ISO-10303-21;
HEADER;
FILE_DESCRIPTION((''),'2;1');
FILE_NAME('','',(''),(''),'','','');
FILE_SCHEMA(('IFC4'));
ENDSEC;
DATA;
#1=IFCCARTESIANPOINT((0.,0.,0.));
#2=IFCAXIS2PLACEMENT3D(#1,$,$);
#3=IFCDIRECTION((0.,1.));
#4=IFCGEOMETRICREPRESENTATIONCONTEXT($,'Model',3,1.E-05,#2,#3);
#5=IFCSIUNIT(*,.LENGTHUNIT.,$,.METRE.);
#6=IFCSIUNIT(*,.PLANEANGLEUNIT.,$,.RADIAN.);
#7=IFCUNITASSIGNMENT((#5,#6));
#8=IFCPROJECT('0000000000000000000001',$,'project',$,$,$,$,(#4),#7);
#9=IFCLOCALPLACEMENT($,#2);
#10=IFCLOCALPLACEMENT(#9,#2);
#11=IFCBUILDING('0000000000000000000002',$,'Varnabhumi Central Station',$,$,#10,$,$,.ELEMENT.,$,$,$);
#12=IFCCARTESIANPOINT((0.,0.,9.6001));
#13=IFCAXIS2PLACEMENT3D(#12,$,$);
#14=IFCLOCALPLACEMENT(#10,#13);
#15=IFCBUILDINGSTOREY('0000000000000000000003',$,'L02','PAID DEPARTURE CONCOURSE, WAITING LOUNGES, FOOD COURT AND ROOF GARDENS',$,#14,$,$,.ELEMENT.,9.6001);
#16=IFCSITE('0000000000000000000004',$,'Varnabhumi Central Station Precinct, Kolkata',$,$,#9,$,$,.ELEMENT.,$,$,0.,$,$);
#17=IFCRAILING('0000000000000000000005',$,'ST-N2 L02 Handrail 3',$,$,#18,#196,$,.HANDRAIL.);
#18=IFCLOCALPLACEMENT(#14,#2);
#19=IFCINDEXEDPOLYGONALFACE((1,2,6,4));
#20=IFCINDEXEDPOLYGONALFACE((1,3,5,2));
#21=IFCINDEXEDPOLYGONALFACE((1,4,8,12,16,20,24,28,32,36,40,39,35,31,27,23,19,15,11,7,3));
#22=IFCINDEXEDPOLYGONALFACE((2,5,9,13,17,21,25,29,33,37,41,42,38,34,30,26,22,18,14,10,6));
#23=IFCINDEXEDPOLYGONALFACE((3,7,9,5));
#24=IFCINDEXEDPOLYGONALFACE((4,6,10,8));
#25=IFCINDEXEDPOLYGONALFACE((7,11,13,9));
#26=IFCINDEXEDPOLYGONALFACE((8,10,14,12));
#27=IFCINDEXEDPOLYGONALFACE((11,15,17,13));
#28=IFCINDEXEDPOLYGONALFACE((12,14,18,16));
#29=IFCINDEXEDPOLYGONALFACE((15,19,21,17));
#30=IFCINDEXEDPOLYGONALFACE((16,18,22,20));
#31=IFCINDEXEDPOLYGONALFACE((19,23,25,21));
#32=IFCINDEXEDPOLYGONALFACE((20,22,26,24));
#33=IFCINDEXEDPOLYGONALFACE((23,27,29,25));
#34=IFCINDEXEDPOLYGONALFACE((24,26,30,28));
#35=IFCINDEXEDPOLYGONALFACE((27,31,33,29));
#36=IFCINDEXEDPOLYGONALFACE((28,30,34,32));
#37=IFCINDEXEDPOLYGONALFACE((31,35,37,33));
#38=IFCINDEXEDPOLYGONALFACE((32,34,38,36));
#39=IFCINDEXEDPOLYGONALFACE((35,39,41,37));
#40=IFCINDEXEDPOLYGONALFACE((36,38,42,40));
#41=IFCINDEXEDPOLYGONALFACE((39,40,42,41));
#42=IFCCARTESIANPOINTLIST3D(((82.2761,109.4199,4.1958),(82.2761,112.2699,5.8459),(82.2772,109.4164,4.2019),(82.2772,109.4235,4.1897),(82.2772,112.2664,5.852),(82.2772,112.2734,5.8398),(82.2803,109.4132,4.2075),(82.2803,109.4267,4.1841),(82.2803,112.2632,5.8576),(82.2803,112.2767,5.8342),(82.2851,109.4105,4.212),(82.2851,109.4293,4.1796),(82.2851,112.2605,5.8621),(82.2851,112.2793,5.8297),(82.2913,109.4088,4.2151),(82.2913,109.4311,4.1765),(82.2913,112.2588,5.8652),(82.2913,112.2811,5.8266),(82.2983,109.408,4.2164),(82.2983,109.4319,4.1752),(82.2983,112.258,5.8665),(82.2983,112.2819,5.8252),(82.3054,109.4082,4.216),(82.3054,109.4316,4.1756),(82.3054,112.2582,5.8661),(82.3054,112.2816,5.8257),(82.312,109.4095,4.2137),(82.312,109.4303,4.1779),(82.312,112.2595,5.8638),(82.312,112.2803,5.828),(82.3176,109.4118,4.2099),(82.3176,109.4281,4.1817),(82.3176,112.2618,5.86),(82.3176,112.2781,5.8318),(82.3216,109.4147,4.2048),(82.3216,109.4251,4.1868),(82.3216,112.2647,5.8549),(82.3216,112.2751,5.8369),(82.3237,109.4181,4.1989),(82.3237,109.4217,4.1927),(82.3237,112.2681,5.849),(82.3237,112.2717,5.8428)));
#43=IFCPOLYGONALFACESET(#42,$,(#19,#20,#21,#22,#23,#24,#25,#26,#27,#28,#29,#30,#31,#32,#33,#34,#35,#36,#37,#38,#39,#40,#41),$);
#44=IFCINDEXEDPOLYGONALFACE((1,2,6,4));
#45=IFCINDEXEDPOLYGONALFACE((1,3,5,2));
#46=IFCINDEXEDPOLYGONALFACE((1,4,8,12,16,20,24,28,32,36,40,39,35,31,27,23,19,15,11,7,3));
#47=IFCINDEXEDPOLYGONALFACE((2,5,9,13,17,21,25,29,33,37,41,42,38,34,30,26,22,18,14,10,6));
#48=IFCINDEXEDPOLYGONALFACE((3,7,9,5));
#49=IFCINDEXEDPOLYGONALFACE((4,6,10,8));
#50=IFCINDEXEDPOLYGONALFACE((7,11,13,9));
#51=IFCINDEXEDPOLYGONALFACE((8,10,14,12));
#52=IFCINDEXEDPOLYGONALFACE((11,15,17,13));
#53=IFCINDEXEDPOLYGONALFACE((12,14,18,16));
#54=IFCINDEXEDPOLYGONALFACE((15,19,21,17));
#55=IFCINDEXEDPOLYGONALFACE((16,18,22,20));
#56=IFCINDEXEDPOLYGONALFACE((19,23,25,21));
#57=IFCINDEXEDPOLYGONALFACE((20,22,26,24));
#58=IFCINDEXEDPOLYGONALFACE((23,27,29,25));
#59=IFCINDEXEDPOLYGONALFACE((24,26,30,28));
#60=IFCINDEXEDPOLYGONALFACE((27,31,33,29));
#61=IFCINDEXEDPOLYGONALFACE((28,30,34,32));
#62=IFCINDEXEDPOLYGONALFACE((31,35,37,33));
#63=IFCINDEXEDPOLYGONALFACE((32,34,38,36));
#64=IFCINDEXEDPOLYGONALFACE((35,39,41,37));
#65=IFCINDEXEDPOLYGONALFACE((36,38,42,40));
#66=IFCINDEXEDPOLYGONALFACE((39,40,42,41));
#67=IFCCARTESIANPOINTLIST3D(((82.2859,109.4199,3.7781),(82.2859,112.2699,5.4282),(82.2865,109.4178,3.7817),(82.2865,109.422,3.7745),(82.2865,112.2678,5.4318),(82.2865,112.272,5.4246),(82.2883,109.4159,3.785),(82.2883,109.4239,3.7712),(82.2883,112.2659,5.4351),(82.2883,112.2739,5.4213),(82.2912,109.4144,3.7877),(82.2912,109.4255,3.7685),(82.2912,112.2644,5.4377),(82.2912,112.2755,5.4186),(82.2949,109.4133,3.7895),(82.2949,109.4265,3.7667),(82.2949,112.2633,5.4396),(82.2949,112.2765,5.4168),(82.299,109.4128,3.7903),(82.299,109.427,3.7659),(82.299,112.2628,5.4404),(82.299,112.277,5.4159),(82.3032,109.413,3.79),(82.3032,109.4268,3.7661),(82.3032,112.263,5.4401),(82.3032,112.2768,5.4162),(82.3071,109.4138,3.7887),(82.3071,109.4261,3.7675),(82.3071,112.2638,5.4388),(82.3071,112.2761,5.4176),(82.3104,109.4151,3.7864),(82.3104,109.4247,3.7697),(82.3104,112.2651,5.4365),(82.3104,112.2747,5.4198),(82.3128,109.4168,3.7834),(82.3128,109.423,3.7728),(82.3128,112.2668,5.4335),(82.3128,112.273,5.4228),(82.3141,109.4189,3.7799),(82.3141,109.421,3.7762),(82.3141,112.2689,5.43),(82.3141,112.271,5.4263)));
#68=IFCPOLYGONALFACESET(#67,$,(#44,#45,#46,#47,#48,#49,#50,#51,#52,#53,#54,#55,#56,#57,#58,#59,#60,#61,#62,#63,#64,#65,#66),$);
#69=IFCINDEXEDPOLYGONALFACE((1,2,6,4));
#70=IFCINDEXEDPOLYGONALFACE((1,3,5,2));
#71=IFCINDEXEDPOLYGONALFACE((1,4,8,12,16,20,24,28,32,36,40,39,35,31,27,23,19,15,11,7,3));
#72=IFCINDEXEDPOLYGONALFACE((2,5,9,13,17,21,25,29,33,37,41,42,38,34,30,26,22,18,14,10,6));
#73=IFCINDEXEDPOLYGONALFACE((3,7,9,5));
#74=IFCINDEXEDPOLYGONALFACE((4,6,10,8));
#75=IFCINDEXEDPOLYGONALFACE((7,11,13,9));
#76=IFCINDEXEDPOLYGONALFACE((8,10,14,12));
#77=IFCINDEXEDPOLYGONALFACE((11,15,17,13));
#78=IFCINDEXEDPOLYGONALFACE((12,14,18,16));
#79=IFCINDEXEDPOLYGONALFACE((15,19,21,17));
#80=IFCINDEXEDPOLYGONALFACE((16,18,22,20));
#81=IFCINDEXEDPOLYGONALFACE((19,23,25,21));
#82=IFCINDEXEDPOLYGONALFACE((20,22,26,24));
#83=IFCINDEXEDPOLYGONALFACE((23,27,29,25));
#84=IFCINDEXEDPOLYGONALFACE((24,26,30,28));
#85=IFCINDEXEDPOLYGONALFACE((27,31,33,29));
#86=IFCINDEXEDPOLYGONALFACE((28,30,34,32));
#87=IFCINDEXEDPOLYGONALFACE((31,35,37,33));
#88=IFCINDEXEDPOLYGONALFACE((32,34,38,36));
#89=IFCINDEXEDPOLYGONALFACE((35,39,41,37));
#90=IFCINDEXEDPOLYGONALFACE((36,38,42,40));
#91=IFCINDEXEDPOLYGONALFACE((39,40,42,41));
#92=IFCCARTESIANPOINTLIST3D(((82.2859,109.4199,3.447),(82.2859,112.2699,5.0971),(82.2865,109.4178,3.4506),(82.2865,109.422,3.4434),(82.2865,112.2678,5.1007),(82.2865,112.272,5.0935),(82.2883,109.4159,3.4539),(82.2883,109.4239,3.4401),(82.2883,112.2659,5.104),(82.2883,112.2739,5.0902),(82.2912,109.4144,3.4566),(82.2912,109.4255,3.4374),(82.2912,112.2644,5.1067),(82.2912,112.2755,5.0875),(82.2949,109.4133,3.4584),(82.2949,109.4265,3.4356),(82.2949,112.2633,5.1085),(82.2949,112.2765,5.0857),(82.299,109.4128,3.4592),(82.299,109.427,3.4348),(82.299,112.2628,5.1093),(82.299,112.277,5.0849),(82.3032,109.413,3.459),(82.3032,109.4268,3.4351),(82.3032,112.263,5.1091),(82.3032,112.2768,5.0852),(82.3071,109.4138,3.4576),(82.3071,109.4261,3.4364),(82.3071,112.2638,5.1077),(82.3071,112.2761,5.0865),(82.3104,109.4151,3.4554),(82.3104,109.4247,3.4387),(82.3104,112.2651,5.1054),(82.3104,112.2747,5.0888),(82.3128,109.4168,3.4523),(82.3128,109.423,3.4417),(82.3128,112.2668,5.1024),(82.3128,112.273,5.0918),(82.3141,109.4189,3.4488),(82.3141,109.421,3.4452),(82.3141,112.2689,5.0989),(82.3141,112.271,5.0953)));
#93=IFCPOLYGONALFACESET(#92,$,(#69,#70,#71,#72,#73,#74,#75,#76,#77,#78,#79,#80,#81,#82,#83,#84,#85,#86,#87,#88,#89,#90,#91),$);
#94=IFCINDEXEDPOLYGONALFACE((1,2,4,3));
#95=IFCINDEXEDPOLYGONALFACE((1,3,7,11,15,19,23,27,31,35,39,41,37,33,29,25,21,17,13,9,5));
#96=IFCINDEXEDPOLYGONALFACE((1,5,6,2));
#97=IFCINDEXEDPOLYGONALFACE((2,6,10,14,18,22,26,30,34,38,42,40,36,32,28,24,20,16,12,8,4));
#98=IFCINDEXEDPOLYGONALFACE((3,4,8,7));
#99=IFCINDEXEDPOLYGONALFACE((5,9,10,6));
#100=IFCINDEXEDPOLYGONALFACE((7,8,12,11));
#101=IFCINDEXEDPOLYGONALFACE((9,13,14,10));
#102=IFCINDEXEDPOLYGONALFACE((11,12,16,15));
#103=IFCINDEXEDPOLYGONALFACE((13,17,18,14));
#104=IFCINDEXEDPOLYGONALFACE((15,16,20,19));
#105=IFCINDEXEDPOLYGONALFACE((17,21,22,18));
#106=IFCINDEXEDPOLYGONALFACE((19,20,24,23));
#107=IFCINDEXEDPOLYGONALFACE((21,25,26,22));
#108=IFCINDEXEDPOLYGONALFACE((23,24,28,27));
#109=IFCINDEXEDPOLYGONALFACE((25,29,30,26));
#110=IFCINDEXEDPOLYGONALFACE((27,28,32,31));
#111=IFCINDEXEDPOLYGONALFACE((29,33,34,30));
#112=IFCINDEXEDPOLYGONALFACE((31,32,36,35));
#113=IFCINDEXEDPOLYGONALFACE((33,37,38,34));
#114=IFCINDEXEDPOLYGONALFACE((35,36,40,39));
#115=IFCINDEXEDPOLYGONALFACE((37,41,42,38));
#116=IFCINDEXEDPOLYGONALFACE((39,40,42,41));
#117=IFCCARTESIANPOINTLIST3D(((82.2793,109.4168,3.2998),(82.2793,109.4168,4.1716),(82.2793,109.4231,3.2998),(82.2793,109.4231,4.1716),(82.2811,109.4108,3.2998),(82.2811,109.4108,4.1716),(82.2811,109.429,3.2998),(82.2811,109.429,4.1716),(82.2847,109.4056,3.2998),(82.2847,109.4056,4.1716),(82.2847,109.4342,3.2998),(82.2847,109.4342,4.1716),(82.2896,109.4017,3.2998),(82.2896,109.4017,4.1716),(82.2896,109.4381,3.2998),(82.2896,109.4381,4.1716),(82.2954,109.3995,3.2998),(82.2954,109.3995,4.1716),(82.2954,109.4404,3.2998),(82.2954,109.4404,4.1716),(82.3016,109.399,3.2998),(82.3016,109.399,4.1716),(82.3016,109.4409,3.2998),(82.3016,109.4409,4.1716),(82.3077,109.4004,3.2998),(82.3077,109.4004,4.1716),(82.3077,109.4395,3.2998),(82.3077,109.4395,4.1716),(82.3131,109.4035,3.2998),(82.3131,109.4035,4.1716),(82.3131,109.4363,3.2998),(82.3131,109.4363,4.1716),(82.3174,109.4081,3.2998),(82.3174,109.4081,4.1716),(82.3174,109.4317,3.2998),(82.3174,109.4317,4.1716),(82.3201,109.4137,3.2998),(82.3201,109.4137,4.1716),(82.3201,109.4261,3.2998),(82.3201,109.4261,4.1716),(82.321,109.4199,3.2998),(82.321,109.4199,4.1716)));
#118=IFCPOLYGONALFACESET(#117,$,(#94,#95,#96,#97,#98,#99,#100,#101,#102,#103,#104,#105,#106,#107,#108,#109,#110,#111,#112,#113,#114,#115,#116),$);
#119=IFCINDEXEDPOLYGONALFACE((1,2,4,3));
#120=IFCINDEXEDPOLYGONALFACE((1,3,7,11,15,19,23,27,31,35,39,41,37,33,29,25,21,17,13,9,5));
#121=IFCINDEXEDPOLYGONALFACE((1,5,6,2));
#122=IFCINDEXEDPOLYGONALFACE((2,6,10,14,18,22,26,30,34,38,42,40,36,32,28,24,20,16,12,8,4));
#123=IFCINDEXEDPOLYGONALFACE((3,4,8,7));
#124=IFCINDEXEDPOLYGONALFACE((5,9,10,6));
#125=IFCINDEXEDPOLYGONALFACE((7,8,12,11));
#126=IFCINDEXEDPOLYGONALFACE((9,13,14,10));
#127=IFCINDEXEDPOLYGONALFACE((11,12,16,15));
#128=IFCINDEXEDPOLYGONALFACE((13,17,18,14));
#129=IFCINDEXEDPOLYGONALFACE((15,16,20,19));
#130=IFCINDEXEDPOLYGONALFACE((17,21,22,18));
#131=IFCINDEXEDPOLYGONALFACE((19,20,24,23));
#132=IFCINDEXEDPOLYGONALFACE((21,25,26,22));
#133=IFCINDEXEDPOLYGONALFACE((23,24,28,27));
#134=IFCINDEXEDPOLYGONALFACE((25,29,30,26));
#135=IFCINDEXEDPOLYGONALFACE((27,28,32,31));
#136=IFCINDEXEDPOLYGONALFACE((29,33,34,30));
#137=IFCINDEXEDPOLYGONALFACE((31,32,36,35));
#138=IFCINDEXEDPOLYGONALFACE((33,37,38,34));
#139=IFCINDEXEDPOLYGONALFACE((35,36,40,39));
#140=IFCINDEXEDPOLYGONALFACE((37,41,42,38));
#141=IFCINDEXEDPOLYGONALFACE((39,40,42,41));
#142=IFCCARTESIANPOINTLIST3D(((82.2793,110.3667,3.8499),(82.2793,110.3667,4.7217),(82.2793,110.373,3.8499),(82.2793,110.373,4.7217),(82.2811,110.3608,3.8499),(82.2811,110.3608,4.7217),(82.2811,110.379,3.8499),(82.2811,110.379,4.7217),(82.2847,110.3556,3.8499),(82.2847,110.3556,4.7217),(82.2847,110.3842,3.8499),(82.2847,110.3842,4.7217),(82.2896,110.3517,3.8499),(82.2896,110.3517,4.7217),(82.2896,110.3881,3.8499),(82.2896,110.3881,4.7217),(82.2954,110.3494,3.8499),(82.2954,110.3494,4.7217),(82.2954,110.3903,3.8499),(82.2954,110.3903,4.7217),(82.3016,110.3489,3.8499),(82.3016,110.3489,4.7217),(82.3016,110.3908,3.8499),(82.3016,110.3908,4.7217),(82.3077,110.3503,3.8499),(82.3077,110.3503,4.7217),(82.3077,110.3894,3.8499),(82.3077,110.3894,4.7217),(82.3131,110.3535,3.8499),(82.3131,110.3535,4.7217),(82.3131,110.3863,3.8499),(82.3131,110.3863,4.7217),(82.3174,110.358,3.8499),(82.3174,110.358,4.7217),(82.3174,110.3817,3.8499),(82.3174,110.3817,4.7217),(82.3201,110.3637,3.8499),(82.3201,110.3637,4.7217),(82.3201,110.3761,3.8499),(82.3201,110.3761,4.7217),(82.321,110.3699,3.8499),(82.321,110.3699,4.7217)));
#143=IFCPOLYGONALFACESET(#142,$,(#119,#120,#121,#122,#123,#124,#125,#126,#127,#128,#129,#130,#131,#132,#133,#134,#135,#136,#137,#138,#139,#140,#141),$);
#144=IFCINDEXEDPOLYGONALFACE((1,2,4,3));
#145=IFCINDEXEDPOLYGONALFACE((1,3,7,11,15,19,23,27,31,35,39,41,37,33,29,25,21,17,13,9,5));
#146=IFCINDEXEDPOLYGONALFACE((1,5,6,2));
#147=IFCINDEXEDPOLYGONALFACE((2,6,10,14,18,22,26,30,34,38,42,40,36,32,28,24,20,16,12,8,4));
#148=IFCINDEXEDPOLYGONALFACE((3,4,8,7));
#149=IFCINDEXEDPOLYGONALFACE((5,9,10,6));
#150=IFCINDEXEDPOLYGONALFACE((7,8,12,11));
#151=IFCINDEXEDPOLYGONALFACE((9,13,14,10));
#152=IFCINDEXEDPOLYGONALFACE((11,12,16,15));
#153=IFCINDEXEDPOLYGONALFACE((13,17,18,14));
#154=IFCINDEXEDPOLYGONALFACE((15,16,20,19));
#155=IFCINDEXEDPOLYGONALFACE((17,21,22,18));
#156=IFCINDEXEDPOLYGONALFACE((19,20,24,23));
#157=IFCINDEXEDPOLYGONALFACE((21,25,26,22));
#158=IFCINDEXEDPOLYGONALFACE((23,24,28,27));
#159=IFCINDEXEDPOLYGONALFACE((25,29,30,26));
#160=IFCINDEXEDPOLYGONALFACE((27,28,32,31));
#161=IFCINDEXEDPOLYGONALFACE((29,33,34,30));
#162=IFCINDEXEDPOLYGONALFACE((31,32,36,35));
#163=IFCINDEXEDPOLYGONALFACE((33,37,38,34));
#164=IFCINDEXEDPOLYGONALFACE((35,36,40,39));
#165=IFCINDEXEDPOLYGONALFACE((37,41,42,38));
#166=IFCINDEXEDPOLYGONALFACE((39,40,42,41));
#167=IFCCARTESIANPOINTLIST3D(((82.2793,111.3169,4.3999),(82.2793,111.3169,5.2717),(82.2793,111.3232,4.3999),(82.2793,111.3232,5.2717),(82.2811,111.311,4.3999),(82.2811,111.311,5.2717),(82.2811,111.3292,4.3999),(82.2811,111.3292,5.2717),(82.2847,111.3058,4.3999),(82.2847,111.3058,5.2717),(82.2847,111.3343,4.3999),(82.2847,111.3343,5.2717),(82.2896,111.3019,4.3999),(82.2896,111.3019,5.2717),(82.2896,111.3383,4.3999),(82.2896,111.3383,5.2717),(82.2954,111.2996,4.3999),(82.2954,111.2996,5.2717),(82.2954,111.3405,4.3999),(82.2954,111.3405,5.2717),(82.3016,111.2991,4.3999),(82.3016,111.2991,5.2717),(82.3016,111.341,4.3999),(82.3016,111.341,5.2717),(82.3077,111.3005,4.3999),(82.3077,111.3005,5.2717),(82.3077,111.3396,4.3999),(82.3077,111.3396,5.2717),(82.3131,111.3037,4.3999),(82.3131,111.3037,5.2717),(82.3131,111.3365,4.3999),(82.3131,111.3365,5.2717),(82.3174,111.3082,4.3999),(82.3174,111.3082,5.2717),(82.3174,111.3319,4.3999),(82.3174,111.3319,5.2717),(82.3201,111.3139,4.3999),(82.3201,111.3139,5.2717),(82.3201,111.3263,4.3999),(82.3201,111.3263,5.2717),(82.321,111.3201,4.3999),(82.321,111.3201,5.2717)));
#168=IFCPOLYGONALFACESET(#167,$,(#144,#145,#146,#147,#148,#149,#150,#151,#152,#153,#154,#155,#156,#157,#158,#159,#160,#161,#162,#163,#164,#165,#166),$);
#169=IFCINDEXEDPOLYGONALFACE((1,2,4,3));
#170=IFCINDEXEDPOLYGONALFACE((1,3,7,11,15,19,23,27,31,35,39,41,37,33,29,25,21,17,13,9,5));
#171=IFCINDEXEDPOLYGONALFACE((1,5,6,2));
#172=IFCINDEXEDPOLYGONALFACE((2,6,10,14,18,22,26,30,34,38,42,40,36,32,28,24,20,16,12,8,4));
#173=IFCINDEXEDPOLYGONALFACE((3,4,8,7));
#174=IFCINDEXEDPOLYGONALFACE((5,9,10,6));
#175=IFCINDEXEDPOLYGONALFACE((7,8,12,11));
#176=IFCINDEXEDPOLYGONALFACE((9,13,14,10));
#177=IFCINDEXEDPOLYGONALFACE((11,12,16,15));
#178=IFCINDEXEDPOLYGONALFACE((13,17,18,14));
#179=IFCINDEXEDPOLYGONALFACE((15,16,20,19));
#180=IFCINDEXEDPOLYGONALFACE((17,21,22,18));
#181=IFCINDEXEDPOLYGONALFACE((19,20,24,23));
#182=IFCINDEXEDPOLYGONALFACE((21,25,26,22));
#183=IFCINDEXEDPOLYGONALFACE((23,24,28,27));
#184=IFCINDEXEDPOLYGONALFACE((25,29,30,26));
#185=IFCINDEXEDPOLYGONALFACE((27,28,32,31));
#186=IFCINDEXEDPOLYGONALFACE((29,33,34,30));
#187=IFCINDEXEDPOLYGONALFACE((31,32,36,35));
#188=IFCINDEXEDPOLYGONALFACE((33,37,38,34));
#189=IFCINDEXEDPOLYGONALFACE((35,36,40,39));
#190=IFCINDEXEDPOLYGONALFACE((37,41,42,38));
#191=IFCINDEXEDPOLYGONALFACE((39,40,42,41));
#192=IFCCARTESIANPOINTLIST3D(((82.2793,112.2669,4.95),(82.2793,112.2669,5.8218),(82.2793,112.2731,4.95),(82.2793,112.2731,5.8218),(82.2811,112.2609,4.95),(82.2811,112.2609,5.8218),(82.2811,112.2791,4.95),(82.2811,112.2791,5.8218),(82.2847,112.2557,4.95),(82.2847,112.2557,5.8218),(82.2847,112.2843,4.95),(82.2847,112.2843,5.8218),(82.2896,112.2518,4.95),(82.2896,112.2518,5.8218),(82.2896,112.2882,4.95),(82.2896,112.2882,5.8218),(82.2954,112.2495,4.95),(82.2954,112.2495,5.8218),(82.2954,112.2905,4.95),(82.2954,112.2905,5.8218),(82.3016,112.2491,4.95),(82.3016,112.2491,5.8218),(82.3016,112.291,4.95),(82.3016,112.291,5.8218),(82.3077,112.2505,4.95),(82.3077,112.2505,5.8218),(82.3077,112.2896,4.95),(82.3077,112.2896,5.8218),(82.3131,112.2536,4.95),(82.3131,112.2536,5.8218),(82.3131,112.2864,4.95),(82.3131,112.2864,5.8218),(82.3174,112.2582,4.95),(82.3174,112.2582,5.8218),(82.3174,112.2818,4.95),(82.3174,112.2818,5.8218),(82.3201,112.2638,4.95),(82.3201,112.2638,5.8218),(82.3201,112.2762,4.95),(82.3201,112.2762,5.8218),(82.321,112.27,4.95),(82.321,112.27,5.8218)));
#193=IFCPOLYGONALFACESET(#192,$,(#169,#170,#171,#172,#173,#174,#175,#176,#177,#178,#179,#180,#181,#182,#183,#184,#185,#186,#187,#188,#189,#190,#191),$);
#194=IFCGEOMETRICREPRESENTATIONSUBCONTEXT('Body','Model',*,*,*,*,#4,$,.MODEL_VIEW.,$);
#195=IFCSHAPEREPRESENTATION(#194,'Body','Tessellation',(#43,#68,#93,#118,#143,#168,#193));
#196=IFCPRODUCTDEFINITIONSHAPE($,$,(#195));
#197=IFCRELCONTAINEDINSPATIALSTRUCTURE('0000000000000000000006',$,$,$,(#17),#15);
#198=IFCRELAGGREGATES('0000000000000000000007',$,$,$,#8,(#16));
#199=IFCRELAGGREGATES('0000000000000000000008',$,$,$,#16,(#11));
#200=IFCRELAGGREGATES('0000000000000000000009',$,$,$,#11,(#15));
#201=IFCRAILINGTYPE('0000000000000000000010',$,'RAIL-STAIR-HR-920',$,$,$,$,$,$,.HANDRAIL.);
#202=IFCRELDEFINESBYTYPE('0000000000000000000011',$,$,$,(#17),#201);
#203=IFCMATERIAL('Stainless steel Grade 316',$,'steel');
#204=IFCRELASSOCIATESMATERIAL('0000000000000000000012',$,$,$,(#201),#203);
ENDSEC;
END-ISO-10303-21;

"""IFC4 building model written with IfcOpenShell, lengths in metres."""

from ifc_helpers import new_model, si_unit, direction, frame, origin, origin_2d, place, context, subcontext, project, spatial, circle, extrude, material, type_object, element, save


model = new_model("IFC4")

# Units and contexts
model_context = context("Model", 3, precision=1e-05, world=origin(), true_north=direction((0.0, 1.0)))
body_context = subcontext(model_context, "Body", "Model", "MODEL_VIEW")
ifc_project = project(units=[si_unit("LENGTHUNIT", "METRE"), si_unit("PLANEANGLEUNIT", "RADIAN")], contexts=[model_context])

# Site, building, storey
site_placement = place(None, origin())
site = spatial("IfcSite", under=ifc_project, at=site_placement, Name="Varnabhumi Central Station Precinct, Kolkata", CompositionType="ELEMENT", RefElevation=0.0)
building_placement = place(site_placement, origin())
building = spatial("IfcBuilding", under=site, at=building_placement, Name="Varnabhumi Central Station", CompositionType="ELEMENT")
storey_placement = place(building_placement, frame((0.0, 0.0, 9.6001)))
storey = spatial("IfcBuildingStorey", under=building, at=storey_placement, Name="L02", Description="PAID DEPARTURE CONCOURSE, WAITING LOUNGES, FOOD COURT AND ROOF GARDENS", CompositionType="ELEMENT", Elevation=9.6001)

# Shared definitions
ifc_material_1 = material(Name="Stainless steel Grade 316", Category="steel")

# Railing
railing_type_1 = type_object("IfcRailingType", Name="RAIL-STAIR-HR-920", PredefinedType="HANDRAIL", material=ifc_material_1)
railing_1_placement = place(storey_placement, frame((82.3, 109.4199, 3.2998)))
element("IfcRailing", 1, at=railing_1_placement, inside=storey, type_object=railing_type_1, Name="ST-N2 L02 Handrail 3", PredefinedType="HANDRAIL", context=body_context, shape_type="SweptSolid", body=[
    extrude(circle(Radius=0.0239, at=origin_2d()), frame((0.0, 0.0, 0.896), z_axis=(0.0, 0.865414, 0.501057), x_axis=(-1.0, 0.0, 0.0)), (0.0, 0.0, 1.0), 3.2932),
    extrude(circle(Radius=0.0142, at=origin_2d()), frame((0.0, 0.0, 0.4783), z_axis=(0.0, 0.865414, 0.501057), x_axis=(-1.0, 0.0, 0.0)), (0.0, 0.0, 1.0), 3.2932),
    extrude(circle(Radius=0.0142, at=origin_2d()), frame((0.0, 0.0, 0.1472), z_axis=(0.0, 0.865414, 0.501057), x_axis=(-1.0, 0.0, 0.0)), (0.0, 0.0, 1.0), 3.2932),
    extrude(circle(Radius=0.021, at=origin_2d()), origin(), (0.0, 0.0, 1.0), 0.8718),
    extrude(circle(Radius=0.021, at=origin_2d()), frame((0.0, 0.95, 0.55)), (0.0, 0.0, 1.0), 0.8718),
    extrude(circle(Radius=0.021, at=origin_2d()), frame((0.0, 1.9001, 1.1001)), (0.0, 0.0, 1.0), 0.8718),
    extrude(circle(Radius=0.021, at=origin_2d()), frame((0.0, 2.8501, 1.6501)), (0.0, 0.0, 1.0), 0.8718),
])

save(model, "model.ifc")
